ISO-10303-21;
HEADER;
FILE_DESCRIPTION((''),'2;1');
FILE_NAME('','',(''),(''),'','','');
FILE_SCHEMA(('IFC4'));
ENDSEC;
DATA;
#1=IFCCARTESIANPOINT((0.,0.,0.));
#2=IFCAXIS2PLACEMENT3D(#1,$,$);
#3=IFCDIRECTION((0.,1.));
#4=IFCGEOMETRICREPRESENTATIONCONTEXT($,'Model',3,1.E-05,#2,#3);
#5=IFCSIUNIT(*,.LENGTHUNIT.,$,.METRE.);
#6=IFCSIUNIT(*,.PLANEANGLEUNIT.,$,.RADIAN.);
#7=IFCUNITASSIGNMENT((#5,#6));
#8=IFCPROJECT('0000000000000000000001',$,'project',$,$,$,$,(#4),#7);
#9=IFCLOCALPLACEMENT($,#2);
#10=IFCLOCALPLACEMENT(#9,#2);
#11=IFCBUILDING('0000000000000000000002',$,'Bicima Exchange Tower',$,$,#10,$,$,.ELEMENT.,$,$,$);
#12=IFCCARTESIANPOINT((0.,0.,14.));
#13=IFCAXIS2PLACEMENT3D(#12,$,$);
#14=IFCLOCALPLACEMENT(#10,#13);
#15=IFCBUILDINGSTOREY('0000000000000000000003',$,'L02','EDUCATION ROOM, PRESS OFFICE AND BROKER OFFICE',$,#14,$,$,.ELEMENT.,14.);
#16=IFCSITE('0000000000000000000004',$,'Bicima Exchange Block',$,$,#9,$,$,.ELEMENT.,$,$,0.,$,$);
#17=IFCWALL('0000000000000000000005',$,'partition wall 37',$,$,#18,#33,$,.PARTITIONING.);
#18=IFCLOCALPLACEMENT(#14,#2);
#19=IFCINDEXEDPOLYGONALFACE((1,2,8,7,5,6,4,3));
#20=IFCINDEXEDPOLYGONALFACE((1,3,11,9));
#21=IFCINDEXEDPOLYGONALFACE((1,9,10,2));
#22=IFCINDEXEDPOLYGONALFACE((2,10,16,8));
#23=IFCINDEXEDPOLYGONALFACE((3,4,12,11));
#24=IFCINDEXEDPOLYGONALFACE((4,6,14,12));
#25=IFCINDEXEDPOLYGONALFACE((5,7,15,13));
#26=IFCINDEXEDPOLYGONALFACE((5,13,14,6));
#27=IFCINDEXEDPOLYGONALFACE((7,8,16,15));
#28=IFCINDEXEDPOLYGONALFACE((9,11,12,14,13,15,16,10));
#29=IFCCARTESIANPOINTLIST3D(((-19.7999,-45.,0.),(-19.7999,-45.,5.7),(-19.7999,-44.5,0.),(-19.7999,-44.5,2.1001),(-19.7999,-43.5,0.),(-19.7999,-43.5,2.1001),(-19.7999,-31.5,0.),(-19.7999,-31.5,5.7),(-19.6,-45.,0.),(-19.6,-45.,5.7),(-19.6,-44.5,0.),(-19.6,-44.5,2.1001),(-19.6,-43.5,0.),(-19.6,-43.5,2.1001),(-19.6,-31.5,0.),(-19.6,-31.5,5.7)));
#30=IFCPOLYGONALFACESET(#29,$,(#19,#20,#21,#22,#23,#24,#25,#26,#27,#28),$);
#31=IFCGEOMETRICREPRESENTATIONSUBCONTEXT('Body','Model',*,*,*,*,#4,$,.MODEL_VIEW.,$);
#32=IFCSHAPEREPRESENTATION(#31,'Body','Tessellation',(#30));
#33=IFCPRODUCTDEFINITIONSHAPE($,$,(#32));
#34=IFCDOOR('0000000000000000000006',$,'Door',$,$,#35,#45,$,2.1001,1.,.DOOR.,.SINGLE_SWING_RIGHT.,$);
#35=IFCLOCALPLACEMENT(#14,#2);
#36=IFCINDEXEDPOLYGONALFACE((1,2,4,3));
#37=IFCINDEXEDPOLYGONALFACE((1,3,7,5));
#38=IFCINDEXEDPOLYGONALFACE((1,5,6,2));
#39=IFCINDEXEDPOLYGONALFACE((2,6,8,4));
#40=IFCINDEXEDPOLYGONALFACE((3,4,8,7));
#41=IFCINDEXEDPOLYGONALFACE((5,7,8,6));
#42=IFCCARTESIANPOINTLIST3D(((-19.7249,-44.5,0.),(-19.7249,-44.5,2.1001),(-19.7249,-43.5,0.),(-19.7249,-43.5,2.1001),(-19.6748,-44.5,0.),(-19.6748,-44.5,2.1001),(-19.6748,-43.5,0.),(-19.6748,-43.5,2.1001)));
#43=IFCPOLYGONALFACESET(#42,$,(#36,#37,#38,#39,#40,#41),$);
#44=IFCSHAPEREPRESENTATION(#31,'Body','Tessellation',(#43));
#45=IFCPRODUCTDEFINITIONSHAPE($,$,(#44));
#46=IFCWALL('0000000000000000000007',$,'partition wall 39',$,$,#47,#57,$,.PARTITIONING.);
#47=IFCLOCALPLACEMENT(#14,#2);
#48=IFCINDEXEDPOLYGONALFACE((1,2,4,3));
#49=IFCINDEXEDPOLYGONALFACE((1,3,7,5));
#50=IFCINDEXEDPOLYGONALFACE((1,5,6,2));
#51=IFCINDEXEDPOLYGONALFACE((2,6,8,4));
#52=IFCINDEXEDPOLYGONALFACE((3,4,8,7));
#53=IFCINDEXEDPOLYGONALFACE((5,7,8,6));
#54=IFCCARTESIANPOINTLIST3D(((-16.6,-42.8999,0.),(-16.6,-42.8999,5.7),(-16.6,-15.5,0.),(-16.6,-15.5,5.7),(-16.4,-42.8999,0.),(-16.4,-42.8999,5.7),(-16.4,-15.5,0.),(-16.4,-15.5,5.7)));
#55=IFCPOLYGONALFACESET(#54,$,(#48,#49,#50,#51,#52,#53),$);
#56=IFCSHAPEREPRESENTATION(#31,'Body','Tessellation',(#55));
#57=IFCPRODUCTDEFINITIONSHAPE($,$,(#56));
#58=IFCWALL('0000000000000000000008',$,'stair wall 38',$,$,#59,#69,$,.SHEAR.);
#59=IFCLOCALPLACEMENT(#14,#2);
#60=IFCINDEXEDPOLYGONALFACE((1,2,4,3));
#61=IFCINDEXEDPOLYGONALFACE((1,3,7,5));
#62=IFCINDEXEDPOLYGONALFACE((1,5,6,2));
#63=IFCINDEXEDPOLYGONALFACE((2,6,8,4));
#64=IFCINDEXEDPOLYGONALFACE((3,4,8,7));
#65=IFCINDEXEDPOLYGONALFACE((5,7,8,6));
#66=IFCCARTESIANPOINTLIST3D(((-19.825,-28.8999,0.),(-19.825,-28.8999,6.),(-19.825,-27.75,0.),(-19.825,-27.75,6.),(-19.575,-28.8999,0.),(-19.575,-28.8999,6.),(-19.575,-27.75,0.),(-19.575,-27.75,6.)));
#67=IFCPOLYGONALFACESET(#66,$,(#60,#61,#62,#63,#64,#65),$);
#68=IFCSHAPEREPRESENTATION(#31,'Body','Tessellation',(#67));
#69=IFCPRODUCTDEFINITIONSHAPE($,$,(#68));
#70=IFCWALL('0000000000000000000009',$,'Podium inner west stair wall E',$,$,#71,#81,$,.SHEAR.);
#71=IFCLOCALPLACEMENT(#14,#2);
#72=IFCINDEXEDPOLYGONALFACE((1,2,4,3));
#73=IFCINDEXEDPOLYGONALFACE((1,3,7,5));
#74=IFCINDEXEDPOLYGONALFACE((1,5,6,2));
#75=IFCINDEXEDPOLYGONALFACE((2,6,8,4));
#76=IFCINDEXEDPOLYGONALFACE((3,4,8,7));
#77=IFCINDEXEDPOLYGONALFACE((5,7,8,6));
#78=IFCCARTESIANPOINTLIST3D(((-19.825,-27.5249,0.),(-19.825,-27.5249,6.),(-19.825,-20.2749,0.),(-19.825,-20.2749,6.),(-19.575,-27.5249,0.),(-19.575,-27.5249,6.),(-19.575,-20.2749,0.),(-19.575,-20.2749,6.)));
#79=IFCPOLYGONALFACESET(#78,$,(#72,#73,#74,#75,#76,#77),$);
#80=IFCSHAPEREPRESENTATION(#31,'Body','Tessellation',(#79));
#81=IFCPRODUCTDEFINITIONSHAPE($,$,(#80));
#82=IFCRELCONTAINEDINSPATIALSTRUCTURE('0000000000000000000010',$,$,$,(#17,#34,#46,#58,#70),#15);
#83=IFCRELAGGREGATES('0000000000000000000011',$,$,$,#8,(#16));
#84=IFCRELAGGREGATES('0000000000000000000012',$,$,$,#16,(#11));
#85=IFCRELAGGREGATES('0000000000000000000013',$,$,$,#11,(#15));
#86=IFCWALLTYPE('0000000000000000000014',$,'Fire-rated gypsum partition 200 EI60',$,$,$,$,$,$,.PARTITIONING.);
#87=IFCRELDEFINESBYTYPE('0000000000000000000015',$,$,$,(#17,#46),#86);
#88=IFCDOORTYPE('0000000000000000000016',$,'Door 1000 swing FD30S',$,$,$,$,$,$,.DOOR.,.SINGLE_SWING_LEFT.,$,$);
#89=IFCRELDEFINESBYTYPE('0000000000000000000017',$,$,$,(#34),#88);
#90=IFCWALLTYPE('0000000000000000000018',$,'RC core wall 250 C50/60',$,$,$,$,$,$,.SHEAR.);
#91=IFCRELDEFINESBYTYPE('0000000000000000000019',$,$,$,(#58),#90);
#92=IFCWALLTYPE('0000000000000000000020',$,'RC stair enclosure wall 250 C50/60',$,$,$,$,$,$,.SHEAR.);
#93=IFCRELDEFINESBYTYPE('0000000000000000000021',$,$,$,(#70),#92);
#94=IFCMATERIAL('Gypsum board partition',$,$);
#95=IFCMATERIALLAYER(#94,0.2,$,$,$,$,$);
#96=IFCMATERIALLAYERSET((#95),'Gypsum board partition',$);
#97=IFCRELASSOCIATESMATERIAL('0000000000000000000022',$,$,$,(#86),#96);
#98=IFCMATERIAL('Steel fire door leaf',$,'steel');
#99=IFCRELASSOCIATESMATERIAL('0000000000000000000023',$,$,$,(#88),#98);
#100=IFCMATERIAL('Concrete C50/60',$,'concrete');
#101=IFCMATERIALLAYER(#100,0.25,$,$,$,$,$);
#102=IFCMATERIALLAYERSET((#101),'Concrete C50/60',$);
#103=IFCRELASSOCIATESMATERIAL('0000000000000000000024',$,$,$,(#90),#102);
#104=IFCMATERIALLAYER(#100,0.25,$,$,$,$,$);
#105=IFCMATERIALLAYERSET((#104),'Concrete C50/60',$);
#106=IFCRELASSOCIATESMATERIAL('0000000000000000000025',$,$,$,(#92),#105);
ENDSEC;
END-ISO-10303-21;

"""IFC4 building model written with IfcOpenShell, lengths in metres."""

from ifc_helpers import new_model, si_unit, direction, frame, frame_2d, origin, place, context, subcontext, project, spatial, rectangle, extrude, material, layer, layer_set, type_object, element, fill, save


model = new_model("IFC4")

# Units and contexts
model_context = context("Model", 3, precision=1e-05, world=origin(), true_north=direction((0.0, 1.0)))
body_context = subcontext(model_context, "Body", "Model", "MODEL_VIEW")
ifc_project = project(units=[si_unit("LENGTHUNIT", "METRE"), si_unit("PLANEANGLEUNIT", "RADIAN")], contexts=[model_context])

# Site, building, storey
site_placement = place(None, origin())
site = spatial("IfcSite", under=ifc_project, at=site_placement, Name="Bicima Exchange Block", CompositionType="ELEMENT", RefElevation=0.0)
building_placement = place(site_placement, origin())
building = spatial("IfcBuilding", under=site, at=building_placement, Name="Bicima Exchange Tower", CompositionType="ELEMENT")
storey_placement = place(building_placement, frame((0.0, 0.0, 14.0)))
storey = spatial("IfcBuildingStorey", under=building, at=storey_placement, Name="L02", Description="EDUCATION ROOM, PRESS OFFICE AND BROKER OFFICE", CompositionType="ELEMENT", Elevation=14.0)

# Shared definitions
ifc_material_1 = material(Name="Gypsum board partition")
ifc_layer_1 = layer(ifc_material_1, 0.2)
ifc_layer_set_1 = layer_set([ifc_layer_1], Name="Gypsum board partition")
wall_type_1 = type_object("IfcWallType", Name="Fire-rated gypsum partition 200 EI60", PredefinedType="PARTITIONING", material=ifc_layer_set_1)
ifc_material_2 = material(Name="Steel fire door leaf", Category="steel")
door_type = type_object("IfcDoorType", Name="Door 1000 swing FD30S", OperationType="SINGLE_SWING_LEFT", PredefinedType="DOOR", material=ifc_material_2)

# Wall, opening, door
wall_1_placement = place(storey_placement, frame((-19.7, -45.0, 0.0), z_axis=(0.0, 0.0, 1.0), x_axis=(0.0, 1.0, 0.0)))
wall_1 = element("IfcWall", 1, at=wall_1_placement, inside=storey, type_object=wall_type_1, Name="partition wall 37", PredefinedType="PARTITIONING", context=body_context, shape_type="SweptSolid", body=[
    extrude(rectangle(XDim=13.5, YDim=0.2, at=frame_2d((6.75, 0.0))), origin(), (0.0, 0.0, 1.0), 5.7),
])
opening_1_placement = place(wall_1_placement, frame((0.5, 0.0, 0.0)))
opening_1 = element("IfcOpeningElement", 2, at=opening_1_placement, cuts=wall_1, PredefinedType="OPENING", context=body_context, shape_type="SweptSolid", body=[
    extrude(rectangle(XDim=1.0, YDim=2.1001, at=frame_2d((0.5, 1.05))), frame((0.0, 0.1118, 0.0), z_axis=(0.0, -1.0, 0.0), x_axis=(1.0, 0.0, 0.0)), (0.0, 0.0, 1.0), 0.2239),
])
door_1_placement = place(opening_1_placement, origin())
door_1 = element("IfcDoor", 3, at=door_1_placement, inside=storey, type_object=door_type, Name="Door", OperationType="SINGLE_SWING_RIGHT", OverallHeight=2.1001, OverallWidth=1.0, PredefinedType="DOOR", context=body_context, shape_type="SweptSolid", body=[
    extrude(rectangle(XDim=1.0, YDim=2.1001, at=frame_2d((0.5, 1.05))), frame((0.0, 0.0249, 0.0), z_axis=(0.0, -1.0, 0.0), x_axis=(1.0, 0.0, 0.0)), (0.0, 0.0, 1.0), 0.05),
])
fill(opening_1, door_1)

# Walls
wall_2_placement = place(storey_placement, frame((-16.5, -42.8999, 0.0), z_axis=(0.0, 0.0, 1.0), x_axis=(0.0, 1.0, 0.0)))
element("IfcWall", 4, at=wall_2_placement, inside=storey, type_object=wall_type_1, Name="partition wall 39", PredefinedType="PARTITIONING", context=body_context, shape_type="SweptSolid", body=[
    extrude(rectangle(XDim=27.3999, YDim=0.2, at=frame_2d((13.7, 0.0))), origin(), (0.0, 0.0, 1.0), 5.7),
])
ifc_material_3 = material(Name="Concrete C50/60", Category="concrete")
ifc_layer_2 = layer(ifc_material_3, 0.25)
ifc_layer_set_2 = layer_set([ifc_layer_2], Name="Concrete C50/60")
wall_type_2 = type_object("IfcWallType", Name="RC core wall 250 C50/60", PredefinedType="SHEAR", material=ifc_layer_set_2)
wall_3_placement = place(storey_placement, frame((-19.7, -28.8999, 0.0), z_axis=(0.0, 0.0, 1.0), x_axis=(0.0, 1.0, 0.0)))
element("IfcWall", 5, at=wall_3_placement, inside=storey, type_object=wall_type_2, Name="stair wall 38", PredefinedType="SHEAR", context=body_context, shape_type="SweptSolid", body=[
    extrude(rectangle(XDim=1.1499, YDim=0.25, at=frame_2d((0.575, 0.0))), origin(), (0.0, 0.0, 1.0), 6.0),
])
ifc_layer_3 = layer(ifc_material_3, 0.25)
ifc_layer_set_3 = layer_set([ifc_layer_3], Name="Concrete C50/60")
wall_type_3 = type_object("IfcWallType", Name="RC stair enclosure wall 250 C50/60", PredefinedType="SHEAR", material=ifc_layer_set_3)
wall_4_placement = place(storey_placement, frame((-19.7, -27.5249, 0.0), z_axis=(0.0, 0.0, 1.0), x_axis=(0.0, 1.0, 0.0)))
element("IfcWall", 6, at=wall_4_placement, inside=storey, type_object=wall_type_3, Name="Podium inner west stair wall E", PredefinedType="SHEAR", context=body_context, shape_type="SweptSolid", body=[
    extrude(rectangle(XDim=7.25, YDim=0.25, at=frame_2d((3.625, 0.0))), origin(), (0.0, 0.0, 1.0), 6.0),
])

save(model, "model.ifc")
